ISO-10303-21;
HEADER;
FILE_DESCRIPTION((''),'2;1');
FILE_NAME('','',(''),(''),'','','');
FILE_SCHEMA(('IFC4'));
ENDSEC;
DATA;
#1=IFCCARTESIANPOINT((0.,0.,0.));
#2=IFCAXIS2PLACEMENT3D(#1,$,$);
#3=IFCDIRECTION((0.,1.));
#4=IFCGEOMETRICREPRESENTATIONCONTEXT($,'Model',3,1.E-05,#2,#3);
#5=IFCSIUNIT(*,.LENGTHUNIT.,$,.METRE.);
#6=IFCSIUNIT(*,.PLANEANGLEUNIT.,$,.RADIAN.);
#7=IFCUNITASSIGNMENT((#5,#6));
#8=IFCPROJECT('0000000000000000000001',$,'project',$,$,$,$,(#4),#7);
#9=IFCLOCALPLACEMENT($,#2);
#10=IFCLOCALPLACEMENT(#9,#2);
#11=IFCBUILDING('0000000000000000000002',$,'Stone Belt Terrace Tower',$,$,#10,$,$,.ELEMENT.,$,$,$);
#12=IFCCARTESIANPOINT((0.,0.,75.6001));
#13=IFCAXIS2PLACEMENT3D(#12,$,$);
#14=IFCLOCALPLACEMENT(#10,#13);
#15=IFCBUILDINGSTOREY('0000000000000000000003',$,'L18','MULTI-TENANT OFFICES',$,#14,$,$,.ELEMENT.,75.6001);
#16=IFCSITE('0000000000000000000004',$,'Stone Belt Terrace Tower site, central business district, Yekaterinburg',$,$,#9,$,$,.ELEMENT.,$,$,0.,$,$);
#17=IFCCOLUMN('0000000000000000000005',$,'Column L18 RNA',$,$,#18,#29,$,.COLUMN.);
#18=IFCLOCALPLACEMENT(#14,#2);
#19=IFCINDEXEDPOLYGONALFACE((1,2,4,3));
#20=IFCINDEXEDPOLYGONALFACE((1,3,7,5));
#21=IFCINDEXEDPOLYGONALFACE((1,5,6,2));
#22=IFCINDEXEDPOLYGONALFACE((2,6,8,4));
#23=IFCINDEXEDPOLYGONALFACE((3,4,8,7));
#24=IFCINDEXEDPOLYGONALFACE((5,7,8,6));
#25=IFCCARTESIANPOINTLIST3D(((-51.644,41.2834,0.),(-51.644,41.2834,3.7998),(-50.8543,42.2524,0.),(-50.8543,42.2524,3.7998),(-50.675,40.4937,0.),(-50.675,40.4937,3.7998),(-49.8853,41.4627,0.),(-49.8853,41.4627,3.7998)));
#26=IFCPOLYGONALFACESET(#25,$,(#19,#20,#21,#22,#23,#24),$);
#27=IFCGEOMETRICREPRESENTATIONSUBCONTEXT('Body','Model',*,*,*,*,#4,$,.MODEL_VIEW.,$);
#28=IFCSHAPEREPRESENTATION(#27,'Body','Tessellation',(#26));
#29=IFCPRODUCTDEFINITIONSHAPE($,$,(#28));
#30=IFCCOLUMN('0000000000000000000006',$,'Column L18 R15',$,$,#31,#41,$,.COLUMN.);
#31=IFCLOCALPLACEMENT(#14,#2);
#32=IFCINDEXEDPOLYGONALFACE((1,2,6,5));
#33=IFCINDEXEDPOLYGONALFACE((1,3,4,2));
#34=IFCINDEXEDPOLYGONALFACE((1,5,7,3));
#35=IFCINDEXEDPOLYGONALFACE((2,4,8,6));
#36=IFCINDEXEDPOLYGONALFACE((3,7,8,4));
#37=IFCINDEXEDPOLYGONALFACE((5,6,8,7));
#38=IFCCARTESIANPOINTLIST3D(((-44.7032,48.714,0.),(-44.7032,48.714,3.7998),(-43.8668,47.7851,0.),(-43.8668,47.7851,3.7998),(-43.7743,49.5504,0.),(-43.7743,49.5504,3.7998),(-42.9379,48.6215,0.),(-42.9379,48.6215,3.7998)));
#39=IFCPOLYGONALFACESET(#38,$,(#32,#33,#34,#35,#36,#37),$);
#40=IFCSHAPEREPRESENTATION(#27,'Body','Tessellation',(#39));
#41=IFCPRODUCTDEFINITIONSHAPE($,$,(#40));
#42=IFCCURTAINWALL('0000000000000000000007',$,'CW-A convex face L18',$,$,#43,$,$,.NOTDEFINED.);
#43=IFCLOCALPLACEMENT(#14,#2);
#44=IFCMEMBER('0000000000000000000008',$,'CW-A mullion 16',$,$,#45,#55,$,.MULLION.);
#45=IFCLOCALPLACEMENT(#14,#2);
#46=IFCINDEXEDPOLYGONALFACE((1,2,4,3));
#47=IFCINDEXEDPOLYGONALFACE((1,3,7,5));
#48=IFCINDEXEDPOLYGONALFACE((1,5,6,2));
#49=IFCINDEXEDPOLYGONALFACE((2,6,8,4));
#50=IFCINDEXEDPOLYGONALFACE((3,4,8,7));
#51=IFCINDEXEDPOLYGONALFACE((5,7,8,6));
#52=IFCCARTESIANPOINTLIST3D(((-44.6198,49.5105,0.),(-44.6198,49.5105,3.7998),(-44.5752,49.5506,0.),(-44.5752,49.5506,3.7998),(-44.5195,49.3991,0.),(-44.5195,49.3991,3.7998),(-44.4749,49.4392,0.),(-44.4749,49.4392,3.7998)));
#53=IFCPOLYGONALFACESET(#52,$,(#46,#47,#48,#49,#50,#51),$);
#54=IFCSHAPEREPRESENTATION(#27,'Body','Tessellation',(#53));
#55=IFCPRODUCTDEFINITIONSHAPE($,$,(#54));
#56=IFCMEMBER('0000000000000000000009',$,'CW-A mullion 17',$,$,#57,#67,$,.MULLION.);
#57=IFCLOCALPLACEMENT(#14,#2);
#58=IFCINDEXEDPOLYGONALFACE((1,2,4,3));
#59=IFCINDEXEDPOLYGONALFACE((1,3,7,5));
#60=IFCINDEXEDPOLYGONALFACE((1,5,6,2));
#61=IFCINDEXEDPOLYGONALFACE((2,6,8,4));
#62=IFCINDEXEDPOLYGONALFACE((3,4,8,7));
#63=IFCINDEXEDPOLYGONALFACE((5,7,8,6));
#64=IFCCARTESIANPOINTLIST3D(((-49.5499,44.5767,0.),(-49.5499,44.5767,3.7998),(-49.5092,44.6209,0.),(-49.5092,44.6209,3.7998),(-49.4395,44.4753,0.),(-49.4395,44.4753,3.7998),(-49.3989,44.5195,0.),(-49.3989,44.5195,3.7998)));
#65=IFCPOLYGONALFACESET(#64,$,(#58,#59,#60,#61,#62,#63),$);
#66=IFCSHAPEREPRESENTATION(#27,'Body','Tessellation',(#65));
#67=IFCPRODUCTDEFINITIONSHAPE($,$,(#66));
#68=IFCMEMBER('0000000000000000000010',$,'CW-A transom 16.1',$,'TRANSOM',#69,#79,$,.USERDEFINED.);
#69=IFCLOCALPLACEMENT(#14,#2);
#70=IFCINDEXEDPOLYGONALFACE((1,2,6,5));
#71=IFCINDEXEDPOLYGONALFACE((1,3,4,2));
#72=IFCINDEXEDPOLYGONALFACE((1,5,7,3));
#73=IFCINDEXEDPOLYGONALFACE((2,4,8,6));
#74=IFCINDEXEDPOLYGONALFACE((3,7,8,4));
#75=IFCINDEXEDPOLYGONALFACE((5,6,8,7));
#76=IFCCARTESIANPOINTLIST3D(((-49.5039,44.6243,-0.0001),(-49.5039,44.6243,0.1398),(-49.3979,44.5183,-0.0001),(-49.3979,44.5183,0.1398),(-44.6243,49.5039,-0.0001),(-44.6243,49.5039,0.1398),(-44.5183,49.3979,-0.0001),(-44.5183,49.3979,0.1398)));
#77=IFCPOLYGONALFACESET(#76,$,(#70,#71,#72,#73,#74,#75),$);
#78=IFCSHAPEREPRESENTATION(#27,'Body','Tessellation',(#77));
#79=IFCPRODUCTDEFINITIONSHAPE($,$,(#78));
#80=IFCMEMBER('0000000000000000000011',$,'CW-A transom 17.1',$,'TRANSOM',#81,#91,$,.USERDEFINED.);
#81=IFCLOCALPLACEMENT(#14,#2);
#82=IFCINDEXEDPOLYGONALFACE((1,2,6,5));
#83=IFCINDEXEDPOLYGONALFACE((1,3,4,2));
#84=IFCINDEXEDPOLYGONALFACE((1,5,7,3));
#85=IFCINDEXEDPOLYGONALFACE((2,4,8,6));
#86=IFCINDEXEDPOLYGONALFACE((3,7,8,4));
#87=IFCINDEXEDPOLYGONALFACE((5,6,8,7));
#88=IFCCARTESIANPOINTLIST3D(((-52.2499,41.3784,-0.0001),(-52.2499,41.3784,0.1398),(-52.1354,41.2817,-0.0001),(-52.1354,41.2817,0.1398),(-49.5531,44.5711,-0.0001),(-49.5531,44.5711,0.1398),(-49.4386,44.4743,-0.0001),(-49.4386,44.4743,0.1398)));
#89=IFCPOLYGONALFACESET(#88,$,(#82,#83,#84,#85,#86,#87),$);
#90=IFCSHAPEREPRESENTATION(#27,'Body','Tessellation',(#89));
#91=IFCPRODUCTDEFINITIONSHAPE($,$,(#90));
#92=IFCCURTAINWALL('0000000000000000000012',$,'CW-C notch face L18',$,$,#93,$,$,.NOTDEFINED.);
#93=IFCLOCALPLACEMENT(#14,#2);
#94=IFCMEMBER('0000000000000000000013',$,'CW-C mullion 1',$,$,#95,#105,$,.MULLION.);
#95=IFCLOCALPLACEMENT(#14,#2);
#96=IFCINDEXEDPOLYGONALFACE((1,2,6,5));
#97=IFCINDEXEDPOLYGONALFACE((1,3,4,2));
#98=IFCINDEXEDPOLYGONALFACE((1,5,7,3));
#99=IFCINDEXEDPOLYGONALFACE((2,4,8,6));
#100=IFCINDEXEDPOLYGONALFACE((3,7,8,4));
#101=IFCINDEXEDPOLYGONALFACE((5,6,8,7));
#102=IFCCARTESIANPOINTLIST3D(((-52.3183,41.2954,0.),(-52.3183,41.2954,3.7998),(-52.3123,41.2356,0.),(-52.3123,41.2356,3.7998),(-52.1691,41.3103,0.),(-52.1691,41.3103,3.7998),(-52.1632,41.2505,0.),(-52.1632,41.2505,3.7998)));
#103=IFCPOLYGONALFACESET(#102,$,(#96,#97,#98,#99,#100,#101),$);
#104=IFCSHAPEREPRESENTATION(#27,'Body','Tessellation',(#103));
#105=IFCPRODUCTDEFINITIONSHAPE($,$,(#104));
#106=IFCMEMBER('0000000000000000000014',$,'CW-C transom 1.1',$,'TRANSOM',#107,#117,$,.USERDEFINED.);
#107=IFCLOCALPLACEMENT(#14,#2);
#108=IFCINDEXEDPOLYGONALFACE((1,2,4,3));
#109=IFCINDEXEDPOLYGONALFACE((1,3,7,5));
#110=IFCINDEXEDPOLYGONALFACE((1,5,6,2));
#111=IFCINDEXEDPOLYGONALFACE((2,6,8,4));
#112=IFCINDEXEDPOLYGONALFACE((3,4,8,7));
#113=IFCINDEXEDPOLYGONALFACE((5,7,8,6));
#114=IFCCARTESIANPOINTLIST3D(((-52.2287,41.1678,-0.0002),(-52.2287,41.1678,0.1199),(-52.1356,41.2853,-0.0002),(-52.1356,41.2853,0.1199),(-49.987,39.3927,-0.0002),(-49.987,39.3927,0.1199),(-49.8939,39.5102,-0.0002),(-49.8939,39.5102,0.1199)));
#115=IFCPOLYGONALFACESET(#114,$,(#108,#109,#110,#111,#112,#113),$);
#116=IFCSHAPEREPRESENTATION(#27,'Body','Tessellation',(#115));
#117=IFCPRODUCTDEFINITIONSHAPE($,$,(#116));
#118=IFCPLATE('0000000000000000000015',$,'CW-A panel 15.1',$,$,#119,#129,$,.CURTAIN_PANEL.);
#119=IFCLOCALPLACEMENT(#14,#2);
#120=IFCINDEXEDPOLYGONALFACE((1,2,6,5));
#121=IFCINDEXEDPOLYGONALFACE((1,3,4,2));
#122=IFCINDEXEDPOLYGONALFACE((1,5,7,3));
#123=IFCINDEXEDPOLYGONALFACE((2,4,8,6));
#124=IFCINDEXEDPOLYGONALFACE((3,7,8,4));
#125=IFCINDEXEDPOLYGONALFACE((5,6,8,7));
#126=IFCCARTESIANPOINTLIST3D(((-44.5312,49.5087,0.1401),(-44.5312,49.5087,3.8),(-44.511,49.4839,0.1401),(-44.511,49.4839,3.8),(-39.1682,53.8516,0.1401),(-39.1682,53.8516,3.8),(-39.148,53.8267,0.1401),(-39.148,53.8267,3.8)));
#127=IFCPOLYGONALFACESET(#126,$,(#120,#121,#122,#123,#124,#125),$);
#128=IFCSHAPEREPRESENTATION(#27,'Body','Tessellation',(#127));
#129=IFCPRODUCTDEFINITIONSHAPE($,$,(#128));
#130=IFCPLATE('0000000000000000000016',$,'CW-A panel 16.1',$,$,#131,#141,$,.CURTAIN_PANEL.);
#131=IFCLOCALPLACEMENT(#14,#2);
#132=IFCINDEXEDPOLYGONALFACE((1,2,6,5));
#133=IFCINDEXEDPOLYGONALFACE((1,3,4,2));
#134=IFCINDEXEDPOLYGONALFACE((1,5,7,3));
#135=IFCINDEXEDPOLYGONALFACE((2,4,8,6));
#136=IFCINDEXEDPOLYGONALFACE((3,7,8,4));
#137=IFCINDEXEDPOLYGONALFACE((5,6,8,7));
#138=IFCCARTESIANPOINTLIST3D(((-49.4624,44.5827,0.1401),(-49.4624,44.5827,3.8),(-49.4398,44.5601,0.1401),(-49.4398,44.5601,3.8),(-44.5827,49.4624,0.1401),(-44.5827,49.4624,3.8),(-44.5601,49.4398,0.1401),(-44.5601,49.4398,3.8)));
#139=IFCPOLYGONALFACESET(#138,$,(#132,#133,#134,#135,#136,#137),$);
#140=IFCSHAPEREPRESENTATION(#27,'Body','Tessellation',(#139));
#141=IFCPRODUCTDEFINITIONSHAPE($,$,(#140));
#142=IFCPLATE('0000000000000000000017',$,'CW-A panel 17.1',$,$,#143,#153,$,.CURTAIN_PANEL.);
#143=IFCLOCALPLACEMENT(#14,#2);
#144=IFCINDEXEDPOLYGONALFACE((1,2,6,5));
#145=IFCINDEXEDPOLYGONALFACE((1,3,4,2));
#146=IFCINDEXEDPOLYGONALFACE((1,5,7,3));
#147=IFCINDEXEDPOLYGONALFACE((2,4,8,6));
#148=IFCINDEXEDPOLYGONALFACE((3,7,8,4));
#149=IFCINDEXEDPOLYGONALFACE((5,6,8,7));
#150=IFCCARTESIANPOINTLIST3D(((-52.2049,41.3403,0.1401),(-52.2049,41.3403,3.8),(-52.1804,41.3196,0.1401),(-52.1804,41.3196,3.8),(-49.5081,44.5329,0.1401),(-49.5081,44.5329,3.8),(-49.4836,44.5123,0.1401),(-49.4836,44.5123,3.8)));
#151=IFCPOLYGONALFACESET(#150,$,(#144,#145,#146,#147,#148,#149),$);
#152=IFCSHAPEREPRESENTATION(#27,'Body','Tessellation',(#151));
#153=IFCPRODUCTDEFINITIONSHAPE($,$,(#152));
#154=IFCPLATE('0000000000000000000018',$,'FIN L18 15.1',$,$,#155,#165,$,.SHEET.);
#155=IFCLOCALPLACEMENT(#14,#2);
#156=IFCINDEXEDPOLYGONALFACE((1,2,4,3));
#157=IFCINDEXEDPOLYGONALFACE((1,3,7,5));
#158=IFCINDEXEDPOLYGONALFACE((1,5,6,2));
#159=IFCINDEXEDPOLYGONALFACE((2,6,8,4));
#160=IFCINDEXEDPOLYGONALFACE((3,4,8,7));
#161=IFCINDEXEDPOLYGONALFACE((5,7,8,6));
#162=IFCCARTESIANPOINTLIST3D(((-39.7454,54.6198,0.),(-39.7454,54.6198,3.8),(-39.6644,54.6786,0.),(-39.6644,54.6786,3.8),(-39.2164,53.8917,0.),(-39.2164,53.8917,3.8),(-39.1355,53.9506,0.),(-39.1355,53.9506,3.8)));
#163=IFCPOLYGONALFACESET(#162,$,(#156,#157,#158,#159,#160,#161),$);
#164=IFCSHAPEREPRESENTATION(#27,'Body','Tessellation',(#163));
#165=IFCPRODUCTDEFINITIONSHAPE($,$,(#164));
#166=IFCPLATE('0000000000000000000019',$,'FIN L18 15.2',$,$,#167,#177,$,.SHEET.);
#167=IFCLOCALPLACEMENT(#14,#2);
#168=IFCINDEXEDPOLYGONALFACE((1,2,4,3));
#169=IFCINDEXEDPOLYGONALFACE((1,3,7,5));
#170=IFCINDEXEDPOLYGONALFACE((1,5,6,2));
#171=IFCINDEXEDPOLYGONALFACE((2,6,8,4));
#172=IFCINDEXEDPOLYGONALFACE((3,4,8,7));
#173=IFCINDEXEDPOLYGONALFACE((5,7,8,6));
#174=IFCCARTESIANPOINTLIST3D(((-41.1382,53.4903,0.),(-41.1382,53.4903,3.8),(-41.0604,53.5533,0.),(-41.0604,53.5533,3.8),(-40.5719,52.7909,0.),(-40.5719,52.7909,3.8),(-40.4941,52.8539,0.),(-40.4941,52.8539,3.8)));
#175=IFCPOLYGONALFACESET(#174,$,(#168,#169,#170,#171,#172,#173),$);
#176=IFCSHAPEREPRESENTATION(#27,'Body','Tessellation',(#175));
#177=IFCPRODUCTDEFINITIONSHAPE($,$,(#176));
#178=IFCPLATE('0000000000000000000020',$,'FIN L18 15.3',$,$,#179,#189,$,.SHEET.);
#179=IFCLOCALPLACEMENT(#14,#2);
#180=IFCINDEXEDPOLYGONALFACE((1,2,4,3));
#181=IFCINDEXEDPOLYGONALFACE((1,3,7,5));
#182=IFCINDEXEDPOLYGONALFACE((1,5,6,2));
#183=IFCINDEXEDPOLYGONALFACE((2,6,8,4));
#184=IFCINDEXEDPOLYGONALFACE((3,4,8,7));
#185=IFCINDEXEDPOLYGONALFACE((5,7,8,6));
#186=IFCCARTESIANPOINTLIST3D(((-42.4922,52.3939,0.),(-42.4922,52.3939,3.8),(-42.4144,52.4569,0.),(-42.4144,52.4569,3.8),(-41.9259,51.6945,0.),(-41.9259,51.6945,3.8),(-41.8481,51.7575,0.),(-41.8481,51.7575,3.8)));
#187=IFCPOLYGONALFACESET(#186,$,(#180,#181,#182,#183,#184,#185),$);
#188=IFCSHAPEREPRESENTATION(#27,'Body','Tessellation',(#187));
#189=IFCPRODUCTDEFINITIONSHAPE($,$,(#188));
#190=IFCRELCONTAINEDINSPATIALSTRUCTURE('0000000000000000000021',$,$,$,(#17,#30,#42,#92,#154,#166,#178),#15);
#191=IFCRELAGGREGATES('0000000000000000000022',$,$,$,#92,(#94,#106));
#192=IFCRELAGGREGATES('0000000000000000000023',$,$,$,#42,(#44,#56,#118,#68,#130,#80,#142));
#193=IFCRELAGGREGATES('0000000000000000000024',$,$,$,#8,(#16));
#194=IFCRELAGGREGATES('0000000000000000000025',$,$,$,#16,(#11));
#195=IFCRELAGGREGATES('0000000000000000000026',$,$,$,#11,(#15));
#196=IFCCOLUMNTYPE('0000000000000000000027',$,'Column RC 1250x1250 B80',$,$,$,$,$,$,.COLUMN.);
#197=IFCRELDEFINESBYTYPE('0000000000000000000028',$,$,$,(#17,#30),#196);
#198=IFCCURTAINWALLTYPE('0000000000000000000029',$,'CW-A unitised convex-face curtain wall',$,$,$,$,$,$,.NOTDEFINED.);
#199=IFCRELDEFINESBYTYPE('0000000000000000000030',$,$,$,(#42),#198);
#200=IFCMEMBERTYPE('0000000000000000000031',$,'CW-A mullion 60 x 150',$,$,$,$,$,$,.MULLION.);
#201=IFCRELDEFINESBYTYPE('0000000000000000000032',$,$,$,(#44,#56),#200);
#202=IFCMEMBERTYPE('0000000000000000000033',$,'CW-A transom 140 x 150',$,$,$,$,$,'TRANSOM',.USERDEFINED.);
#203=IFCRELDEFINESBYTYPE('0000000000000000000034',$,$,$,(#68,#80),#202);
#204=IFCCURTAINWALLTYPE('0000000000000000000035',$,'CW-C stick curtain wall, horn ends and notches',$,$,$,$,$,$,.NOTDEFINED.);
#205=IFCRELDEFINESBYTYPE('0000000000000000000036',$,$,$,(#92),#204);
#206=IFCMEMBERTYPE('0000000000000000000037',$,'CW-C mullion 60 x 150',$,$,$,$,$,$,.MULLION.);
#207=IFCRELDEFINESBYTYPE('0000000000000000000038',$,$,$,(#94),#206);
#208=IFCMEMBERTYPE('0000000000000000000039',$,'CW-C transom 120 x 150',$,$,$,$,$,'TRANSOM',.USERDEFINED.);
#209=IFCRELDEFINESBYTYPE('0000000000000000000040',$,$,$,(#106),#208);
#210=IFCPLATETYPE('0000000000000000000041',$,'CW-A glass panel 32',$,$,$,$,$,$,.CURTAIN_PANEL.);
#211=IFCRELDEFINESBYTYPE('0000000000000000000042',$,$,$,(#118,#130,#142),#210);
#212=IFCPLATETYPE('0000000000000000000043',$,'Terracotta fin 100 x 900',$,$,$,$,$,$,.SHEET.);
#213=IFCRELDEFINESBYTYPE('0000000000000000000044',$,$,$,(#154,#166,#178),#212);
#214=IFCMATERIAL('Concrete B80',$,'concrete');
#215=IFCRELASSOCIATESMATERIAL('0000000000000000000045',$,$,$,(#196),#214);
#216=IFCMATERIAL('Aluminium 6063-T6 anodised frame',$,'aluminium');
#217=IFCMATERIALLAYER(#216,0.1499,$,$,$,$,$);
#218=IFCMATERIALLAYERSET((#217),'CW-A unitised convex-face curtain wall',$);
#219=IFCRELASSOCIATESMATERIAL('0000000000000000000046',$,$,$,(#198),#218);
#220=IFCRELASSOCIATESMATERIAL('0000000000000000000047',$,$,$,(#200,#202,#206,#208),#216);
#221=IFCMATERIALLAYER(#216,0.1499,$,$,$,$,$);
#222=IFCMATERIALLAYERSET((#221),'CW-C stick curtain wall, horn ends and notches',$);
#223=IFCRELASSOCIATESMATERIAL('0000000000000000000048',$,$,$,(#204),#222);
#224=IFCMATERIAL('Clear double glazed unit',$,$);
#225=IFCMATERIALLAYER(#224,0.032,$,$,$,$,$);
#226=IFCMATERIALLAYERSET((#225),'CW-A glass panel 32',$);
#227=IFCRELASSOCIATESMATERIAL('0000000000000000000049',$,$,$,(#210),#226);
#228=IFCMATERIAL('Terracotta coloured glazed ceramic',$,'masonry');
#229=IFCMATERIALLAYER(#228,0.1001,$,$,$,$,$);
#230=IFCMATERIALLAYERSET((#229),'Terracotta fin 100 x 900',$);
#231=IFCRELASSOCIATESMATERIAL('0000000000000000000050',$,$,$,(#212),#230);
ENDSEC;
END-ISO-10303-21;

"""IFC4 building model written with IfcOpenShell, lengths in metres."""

from ifc_helpers import new_model, si_unit, direction, frame, origin, origin_2d, place, context, subcontext, project, spatial, rectangle, extrude, material, layer, layer_set, material_profile, profile_set, type_object, element, aggregate, save


model = new_model("IFC4")

# Units and contexts
model_context = context("Model", 3, precision=1e-05, world=origin(), true_north=direction((0.0, 1.0)))
body_context = subcontext(model_context, "Body", "Model", "MODEL_VIEW")
ifc_project = project(units=[si_unit("LENGTHUNIT", "METRE"), si_unit("PLANEANGLEUNIT", "RADIAN")], contexts=[model_context])

# Site, building, storey
site_placement = place(None, origin())
site = spatial("IfcSite", under=ifc_project, at=site_placement, Name="Stone Belt Terrace Tower site, central business district, Yekaterinburg", CompositionType="ELEMENT", RefElevation=0.0)
building_placement = place(site_placement, origin())
building = spatial("IfcBuilding", under=site, at=building_placement, Name="Stone Belt Terrace Tower", CompositionType="ELEMENT")
storey_placement = place(building_placement, frame((0.0, 0.0, 75.6001)))
storey = spatial("IfcBuildingStorey", under=building, at=storey_placement, Name="L18", Description="MULTI-TENANT OFFICES", CompositionType="ELEMENT", Elevation=75.6001)

# Columns
ifc_material_1 = material(Name="Concrete B80", Category="concrete")
ifc_material_profile_1 = material_profile(ifc_material_1, rectangle(XDim=1.25, YDim=1.25, at=origin_2d()), Name="RC 1250x1250")
ifc_profile_set_1 = profile_set([ifc_material_profile_1], Name="Concrete B80")
column_type = type_object("IfcColumnType", Name="Column RC 1250x1250 B80", PredefinedType="COLUMN", material=ifc_profile_set_1)
for number, where, z_axis, x_axis, name in (
    (1, (-50.7646, 41.373, 0.0), (0.0, 0.0, 1.0), (0.631759, 0.775165, 0.0), "Column L18 RNA"),
    (2, (-43.8206, 48.6677, 0.0), (0.0, 0.0, 1.0), (0.743145, 0.669131, 0.0), "Column L18 R15"),
):
    element("IfcColumn", number, at=place(storey_placement, frame(where, z_axis=z_axis, x_axis=x_axis)), inside=storey, type_object=column_type, Name=name, PredefinedType="COLUMN", context=body_context, shape_type="SweptSolid", body=[
        extrude(rectangle(XDim=1.25, YDim=1.25, at=origin_2d()), origin(), (0.0, 0.0, 1.0), 3.7998),
    ])

# Curtain walls, members
ifc_material_2 = material(Name="Aluminium 6063-T6 anodised frame", Category="aluminium")
ifc_layer_1 = layer(ifc_material_2, 0.1499)
ifc_layer_set_1 = layer_set([ifc_layer_1], Name="CW-A unitised convex-face curtain wall")
curtain_wall_type_1 = type_object("IfcCurtainWallType", Name="CW-A unitised convex-face curtain wall", PredefinedType="NOTDEFINED", material=ifc_layer_set_1)
curtain_wall_1_placement = place(storey_placement, origin())
curtain_wall_1 = element("IfcCurtainWall", 3, at=curtain_wall_1_placement, inside=storey, type_object=curtain_wall_type_1, Name="CW-A convex face L18", PredefinedType="NOTDEFINED")
ifc_material_profile_2 = material_profile(ifc_material_2, rectangle(XDim=0.1499, YDim=0.0601, at=origin_2d()), Name="Aluminium 6063-T6 60x150")
ifc_profile_set_2 = profile_set([ifc_material_profile_2], Name="Aluminium 6063-T6 anodised frame")
member_type_1 = type_object("IfcMemberType", Name="CW-A mullion 60 x 150", PredefinedType="MULLION", material=ifc_profile_set_2)
member_1_placement = place(storey_placement, frame((-44.5474, 49.4749, 0.0), z_axis=(0.0, 0.0, 1.0), x_axis=(0.669131, -0.743145, 0.0)))
member_1 = element("IfcMember", 4, at=member_1_placement, type_object=member_type_1, Name="CW-A mullion 16", PredefinedType="MULLION", context=body_context, shape_type="SweptSolid", body=[
    extrude(rectangle(XDim=0.1499, YDim=0.0601, at=origin_2d()), origin(), (0.0, 0.0, 1.0), 3.7998),
])
member_2_placement = place(storey_placement, frame((-49.4744, 44.5481, 0.0), z_axis=(0.0, 0.0, 1.0), x_axis=(0.736171, -0.676796, 0.0)))
member_2 = element("IfcMember", 5, at=member_2_placement, type_object=member_type_1, Name="CW-A mullion 17", PredefinedType="MULLION", context=body_context, shape_type="SweptSolid", body=[
    extrude(rectangle(XDim=0.1499, YDim=0.0601, at=origin_2d()), origin(), (0.0, 0.0, 1.0), 3.7998),
])
ifc_material_profile_3 = material_profile(ifc_material_2, rectangle(XDim=0.1499, YDim=0.1399, at=origin_2d()), Name="Aluminium 6063-T6 150x140")
ifc_profile_set_3 = profile_set([ifc_material_profile_3], Name="Aluminium 6063-T6 anodised frame")
member_type_2 = type_object("IfcMemberType", Name="CW-A transom 140 x 150", ElementType="TRANSOM", PredefinedType="USERDEFINED", material=ifc_profile_set_3)
member_3_placement = place(storey_placement, frame((-44.5713, 49.4509, 0.0698), z_axis=(-0.707107, -0.707107, 0.0), x_axis=(0.707107, -0.707107, 0.0)))
member_3 = element("IfcMember", 6, at=member_3_placement, type_object=member_type_2, Name="CW-A transom 16.1", ObjectType="TRANSOM", PredefinedType="USERDEFINED", context=body_context, shape_type="SweptSolid", body=[
    extrude(rectangle(XDim=0.1499, YDim=0.1399, at=origin_2d()), origin(), (0.0, 0.0, 1.0), 6.9009),
])
member_4_placement = place(storey_placement, frame((-49.4958, 44.5227, 0.0698), z_axis=(-0.64529, -0.763938, 0.0), x_axis=(0.763938, -0.64529, 0.0)))
member_4 = element("IfcMember", 7, at=member_4_placement, type_object=member_type_2, Name="CW-A transom 17.1", ObjectType="TRANSOM", PredefinedType="USERDEFINED", context=body_context, shape_type="SweptSolid", body=[
    extrude(rectangle(XDim=0.1499, YDim=0.1399, at=origin_2d()), origin(), (0.0, 0.0, 1.0), 4.1792),
])
ifc_layer_2 = layer(ifc_material_2, 0.1499)
ifc_layer_set_2 = layer_set([ifc_layer_2], Name="CW-C stick curtain wall, horn ends and notches")
curtain_wall_type_2 = type_object("IfcCurtainWallType", Name="CW-C stick curtain wall, horn ends and notches", PredefinedType="NOTDEFINED", material=ifc_layer_set_2)
curtain_wall_2_placement = place(storey_placement, origin())
curtain_wall_2 = element("IfcCurtainWall", 8, at=curtain_wall_2_placement, inside=storey, type_object=curtain_wall_type_2, Name="CW-C notch face L18", PredefinedType="NOTDEFINED")
ifc_material_profile_4 = material_profile(ifc_material_2, rectangle(XDim=0.1499, YDim=0.0601, at=origin_2d()), Name="Aluminium 6063-T6 60x150")
ifc_profile_set_4 = profile_set([ifc_material_profile_4], Name="Aluminium 6063-T6 anodised frame")
member_type_3 = type_object("IfcMemberType", Name="CW-C mullion 60 x 150", PredefinedType="MULLION", material=ifc_profile_set_4)
member_5_placement = place(storey_placement, frame((-52.2407, 41.2729, 0.0), z_axis=(0.0, 0.0, 1.0), x_axis=(0.995023, 0.099645, 0.0)))
member_5 = element("IfcMember", 9, at=member_5_placement, type_object=member_type_3, Name="CW-C mullion 1", PredefinedType="MULLION", context=body_context, shape_type="SweptSolid", body=[
    extrude(rectangle(XDim=0.1499, YDim=0.0601, at=origin_2d()), origin(), (0.0, 0.0, 1.0), 3.7998),
])
ifc_material_profile_5 = material_profile(ifc_material_2, rectangle(XDim=0.1499, YDim=0.1201, at=origin_2d()), Name="Aluminium 6063-T6 150x120")
ifc_profile_set_5 = profile_set([ifc_material_profile_5], Name="Aluminium 6063-T6 anodised frame")
member_type_4 = type_object("IfcMemberType", Name="CW-C transom 120 x 150", ElementType="TRANSOM", PredefinedType="USERDEFINED", material=ifc_profile_set_5)
member_6_placement = place(storey_placement, frame((-52.1821, 41.2266, 0.0598), z_axis=(0.783966, -0.620804, 0.0), x_axis=(0.620804, 0.783966, 0.0)))
member_6 = element("IfcMember", 10, at=member_6_placement, type_object=member_type_4, Name="CW-C transom 1.1", ObjectType="TRANSOM", PredefinedType="USERDEFINED", context=body_context, shape_type="SweptSolid", body=[
    extrude(rectangle(XDim=0.1499, YDim=0.1201, at=origin_2d()), origin(), (0.0, 0.0, 1.0), 2.8594),
])
aggregate(curtain_wall_2, [member_5, member_6])

# Plates
ifc_material_3 = material(Name="Clear double glazed unit")
ifc_layer_3 = layer(ifc_material_3, 0.032)
ifc_layer_set_3 = layer_set([ifc_layer_3], Name="CW-A glass panel 32")
plate_type_1 = type_object("IfcPlateType", Name="CW-A glass panel 32", PredefinedType="CURTAIN_PANEL", material=ifc_layer_set_3)
plate_1_placement = place(storey_placement, frame((-41.8396, 51.6677, 0.1401), z_axis=(0.0, 0.0, 1.0), x_axis=(-0.777146, -0.62932, 0.0)))
plate_1 = element("IfcPlate", 11, at=plate_1_placement, type_object=plate_type_1, Name="CW-A panel 15.1", PredefinedType="CURTAIN_PANEL", context=body_context, shape_type="SweptSolid", body=[
    extrude(rectangle(XDim=6.9009, YDim=0.032, at=origin_2d()), origin(), (0.0, 0.0, 1.0), 3.6599),
])
plate_2_placement = place(storey_placement, frame((-47.0112, 47.0112, 0.1401), z_axis=(0.0, 0.0, 1.0), x_axis=(-0.707107, -0.707107, 0.0)))
plate_2 = element("IfcPlate", 12, at=plate_2_placement, type_object=plate_type_1, Name="CW-A panel 16.1", PredefinedType="CURTAIN_PANEL", context=body_context, shape_type="SweptSolid", body=[
    extrude(rectangle(XDim=6.9009, YDim=0.032, at=origin_2d()), origin(), (0.0, 0.0, 1.0), 3.6599),
])
plate_3_placement = place(storey_placement, frame((-50.8442, 42.9263, 0.1401), z_axis=(0.0, 0.0, 1.0), x_axis=(-0.645291, -0.763937, 0.0)))
plate_3 = element("IfcPlate", 13, at=plate_3_placement, type_object=plate_type_1, Name="CW-A panel 17.1", PredefinedType="CURTAIN_PANEL", context=body_context, shape_type="SweptSolid", body=[
    extrude(rectangle(XDim=4.1792, YDim=0.032, at=origin_2d()), origin(), (0.0, 0.0, 1.0), 3.6599),
])
aggregate(curtain_wall_1, [member_1, member_2, plate_1, member_3, plate_2, member_4, plate_3])

# Plates
ifc_material_4 = material(Name="Terracotta coloured glazed ceramic", Category="masonry")
ifc_layer_4 = layer(ifc_material_4, 0.1001)
ifc_layer_set_4 = layer_set([ifc_layer_4], Name="Terracotta fin 100 x 900")
plate_type_2 = type_object("IfcPlateType", Name="Terracotta fin 100 x 900", PredefinedType="SHEET", material=ifc_layer_set_4)
for number, where, z_axis, x_axis, name in (
    (14, (-39.4404, 54.2852, 0.0), (0.0, 0.0, 1.0), (-0.587785, 0.809017, 0.0), "FIN L18 15.1"),
    (15, (-40.8162, 53.1721, 0.0), (0.0, 0.0, 1.0), (-0.62932, 0.777146, 0.0), "FIN L18 15.2"),
    (16, (-42.1702, 52.0757, 0.0), (0.0, 0.0, 1.0), (-0.62932, 0.777146, 0.0), "FIN L18 15.3"),
):
    element("IfcPlate", number, at=place(storey_placement, frame(where, z_axis=z_axis, x_axis=x_axis)), inside=storey, type_object=plate_type_2, Name=name, PredefinedType="SHEET", context=body_context, shape_type="SweptSolid", body=[
        extrude(rectangle(XDim=0.8999, YDim=0.1001, at=origin_2d()), origin(), (0.0, 0.0, 1.0), 3.8),
    ])

save(model, "model.ifc")
